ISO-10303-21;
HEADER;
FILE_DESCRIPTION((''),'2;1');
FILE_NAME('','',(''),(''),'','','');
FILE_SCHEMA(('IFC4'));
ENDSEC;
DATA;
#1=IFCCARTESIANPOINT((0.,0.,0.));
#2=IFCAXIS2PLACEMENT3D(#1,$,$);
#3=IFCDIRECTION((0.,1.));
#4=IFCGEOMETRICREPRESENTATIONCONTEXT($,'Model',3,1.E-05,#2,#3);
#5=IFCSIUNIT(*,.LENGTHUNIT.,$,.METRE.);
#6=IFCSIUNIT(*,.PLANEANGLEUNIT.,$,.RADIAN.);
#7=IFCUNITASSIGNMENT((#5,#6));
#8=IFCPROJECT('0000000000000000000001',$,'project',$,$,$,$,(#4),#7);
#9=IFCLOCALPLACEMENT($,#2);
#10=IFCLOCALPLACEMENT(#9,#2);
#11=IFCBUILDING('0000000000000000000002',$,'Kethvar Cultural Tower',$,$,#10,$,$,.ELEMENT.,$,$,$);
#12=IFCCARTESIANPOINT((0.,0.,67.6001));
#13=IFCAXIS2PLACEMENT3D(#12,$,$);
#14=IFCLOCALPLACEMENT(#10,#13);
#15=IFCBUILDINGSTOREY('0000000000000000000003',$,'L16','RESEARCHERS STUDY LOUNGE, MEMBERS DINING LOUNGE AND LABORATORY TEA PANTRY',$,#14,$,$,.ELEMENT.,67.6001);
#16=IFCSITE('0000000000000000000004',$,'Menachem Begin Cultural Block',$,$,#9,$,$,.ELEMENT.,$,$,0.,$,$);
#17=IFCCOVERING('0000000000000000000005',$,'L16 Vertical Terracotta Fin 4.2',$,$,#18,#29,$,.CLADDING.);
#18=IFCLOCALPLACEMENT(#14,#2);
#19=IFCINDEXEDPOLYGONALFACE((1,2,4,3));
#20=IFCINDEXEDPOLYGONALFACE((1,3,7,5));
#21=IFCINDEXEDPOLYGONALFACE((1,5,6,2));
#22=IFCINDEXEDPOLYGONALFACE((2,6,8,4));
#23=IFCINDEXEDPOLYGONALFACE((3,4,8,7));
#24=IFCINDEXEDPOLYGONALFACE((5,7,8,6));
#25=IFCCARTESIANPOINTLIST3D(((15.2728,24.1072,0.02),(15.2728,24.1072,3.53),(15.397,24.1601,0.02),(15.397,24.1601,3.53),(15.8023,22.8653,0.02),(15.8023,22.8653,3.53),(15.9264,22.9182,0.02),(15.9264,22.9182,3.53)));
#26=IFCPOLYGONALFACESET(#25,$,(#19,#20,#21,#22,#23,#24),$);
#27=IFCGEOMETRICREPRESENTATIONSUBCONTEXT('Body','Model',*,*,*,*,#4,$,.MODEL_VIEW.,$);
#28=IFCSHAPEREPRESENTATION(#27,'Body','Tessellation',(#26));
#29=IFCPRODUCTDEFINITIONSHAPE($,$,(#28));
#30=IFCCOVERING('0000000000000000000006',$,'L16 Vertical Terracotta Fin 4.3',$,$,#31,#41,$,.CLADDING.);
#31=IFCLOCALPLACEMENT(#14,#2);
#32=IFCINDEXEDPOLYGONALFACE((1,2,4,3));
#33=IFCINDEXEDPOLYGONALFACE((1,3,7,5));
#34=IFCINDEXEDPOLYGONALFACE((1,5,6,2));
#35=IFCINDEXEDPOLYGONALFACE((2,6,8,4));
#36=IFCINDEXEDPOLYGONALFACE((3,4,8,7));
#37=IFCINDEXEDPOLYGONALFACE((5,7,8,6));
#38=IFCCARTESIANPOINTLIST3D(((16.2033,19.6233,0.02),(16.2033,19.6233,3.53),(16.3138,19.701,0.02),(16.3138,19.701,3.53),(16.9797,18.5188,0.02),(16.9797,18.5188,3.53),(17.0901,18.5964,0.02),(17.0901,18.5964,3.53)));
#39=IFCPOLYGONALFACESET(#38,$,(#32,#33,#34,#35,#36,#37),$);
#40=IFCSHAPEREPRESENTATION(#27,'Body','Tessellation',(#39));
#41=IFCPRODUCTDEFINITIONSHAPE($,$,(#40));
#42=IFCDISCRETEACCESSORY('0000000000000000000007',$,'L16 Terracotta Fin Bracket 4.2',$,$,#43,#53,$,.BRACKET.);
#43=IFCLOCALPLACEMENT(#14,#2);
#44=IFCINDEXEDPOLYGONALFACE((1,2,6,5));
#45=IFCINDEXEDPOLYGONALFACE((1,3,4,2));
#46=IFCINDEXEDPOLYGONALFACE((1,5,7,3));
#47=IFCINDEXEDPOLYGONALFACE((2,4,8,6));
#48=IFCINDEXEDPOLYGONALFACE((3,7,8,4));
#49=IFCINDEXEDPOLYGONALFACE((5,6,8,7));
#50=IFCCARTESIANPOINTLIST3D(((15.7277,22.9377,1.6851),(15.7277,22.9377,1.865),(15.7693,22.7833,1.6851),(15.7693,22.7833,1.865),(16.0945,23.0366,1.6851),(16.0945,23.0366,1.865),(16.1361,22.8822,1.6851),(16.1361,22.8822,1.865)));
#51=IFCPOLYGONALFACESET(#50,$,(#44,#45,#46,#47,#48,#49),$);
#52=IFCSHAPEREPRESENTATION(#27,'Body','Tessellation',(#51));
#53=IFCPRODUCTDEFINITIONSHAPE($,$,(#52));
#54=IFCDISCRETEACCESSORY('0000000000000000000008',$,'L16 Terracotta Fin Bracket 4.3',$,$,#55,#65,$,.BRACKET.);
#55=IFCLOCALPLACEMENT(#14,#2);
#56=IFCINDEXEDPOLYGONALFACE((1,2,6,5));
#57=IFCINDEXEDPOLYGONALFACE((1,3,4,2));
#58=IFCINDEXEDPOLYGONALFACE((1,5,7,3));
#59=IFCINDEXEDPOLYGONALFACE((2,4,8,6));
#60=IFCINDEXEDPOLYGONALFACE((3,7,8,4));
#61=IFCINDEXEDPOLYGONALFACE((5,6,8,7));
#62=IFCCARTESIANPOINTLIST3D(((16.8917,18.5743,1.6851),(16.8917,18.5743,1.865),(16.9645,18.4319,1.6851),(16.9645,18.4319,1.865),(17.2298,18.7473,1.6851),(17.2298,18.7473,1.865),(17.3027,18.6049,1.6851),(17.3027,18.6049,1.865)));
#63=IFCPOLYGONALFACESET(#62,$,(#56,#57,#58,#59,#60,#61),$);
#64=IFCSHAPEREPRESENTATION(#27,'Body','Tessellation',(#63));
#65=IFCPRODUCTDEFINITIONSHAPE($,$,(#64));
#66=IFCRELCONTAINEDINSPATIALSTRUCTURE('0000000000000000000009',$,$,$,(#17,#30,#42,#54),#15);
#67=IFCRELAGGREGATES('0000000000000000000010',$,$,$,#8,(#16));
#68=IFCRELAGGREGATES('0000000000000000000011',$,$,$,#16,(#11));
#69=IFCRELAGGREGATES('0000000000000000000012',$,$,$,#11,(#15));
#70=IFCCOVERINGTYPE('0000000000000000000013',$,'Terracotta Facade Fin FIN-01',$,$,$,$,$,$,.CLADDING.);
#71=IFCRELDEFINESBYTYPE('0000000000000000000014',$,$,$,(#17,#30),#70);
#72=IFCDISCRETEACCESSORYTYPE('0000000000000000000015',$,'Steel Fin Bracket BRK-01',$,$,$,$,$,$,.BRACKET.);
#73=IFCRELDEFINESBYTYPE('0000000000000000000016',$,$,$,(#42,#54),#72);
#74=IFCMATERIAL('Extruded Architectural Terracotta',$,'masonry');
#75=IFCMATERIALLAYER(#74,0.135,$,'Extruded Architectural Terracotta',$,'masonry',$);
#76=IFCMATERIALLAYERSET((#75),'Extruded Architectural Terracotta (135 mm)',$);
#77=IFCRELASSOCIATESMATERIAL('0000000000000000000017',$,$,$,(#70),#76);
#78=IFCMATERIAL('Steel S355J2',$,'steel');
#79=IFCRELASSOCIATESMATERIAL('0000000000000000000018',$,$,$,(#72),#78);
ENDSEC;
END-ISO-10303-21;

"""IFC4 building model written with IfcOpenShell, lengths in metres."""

from ifc_helpers import new_model, si_unit, direction, frame, origin, origin_2d, place, context, subcontext, project, spatial, rectangle, extrude, source, transform, mapped, material, layer, layer_set, type_object, element, save


model = new_model("IFC4")

# Units and contexts
model_context = context("Model", 3, precision=1e-05, world=origin(), true_north=direction((0.0, 1.0)))
body_context = subcontext(model_context, "Body", "Model", "MODEL_VIEW")
ifc_project = project(units=[si_unit("LENGTHUNIT", "METRE"), si_unit("PLANEANGLEUNIT", "RADIAN")], contexts=[model_context])

# Site, building, storey
site_placement = place(None, origin())
site = spatial("IfcSite", under=ifc_project, at=site_placement, Name="Menachem Begin Cultural Block", CompositionType="ELEMENT", RefElevation=0.0)
building_placement = place(site_placement, origin())
building = spatial("IfcBuilding", under=site, at=building_placement, Name="Kethvar Cultural Tower", CompositionType="ELEMENT")
storey_placement = place(building_placement, frame((0.0, 0.0, 67.6001)))
storey = spatial("IfcBuildingStorey", under=building, at=storey_placement, Name="L16", Description="RESEARCHERS STUDY LOUNGE, MEMBERS DINING LOUNGE AND LABORATORY TEA PANTRY", CompositionType="ELEMENT", Elevation=67.6001)

# Shared definitions
ifc_material_1 = material(Name="Steel S355J2", Category="steel")

# Coverings
ifc_material_2 = material(Name="Extruded Architectural Terracotta", Category="masonry")
ifc_layer_1 = layer(ifc_material_2, 0.135, Name="Extruded Architectural Terracotta", Category="masonry")
ifc_layer_set_1 = layer_set([ifc_layer_1], Name="Extruded Architectural Terracotta (135 mm)")
covering_type_1 = type_object("IfcCoveringType", Name="Terracotta Facade Fin FIN-01", PredefinedType="CLADDING", material=ifc_layer_set_1)
shared_shape_1 = source(origin(), body_context, "Body", "SweptSolid", [
    extrude(rectangle(XDim=1.3501, YDim=0.135, at=origin_2d()), origin(), (0.0, 0.0, 1.0), 3.51),
])
for number, where, z_axis, x_axis, name in (
    (1, (15.5996, 23.5127, 0.02), (0.0, 0.0, 1.0), (-0.392177, 0.91989, 0.0), "L16 Vertical Terracotta Fin 4.2"),
    (2, (16.6467, 19.1099, 0.02), (0.0, 0.0, 1.0), (-0.575005, 0.81815, 0.0), "L16 Vertical Terracotta Fin 4.3"),
):
    element("IfcCovering", number, at=place(storey_placement, frame(where, z_axis=z_axis, x_axis=x_axis)), inside=storey, type_object=covering_type_1, Name=name, PredefinedType="CLADDING", context=body_context, shape_type="MappedRepresentation", body=[
        mapped(shared_shape_1, transform((0.0, 0.0, 0.0), scale=1.0)),
    ])

# Discrete accessories
discrete_accessory_type = type_object("IfcDiscreteAccessoryType", Name="Steel Fin Bracket BRK-01", PredefinedType="BRACKET", material=ifc_material_1)
shared_shape_2 = source(origin(), body_context, "Body", "SweptSolid", [
    extrude(rectangle(XDim=0.3799, YDim=0.1599, at=origin_2d()), origin(), (0.0, 0.0, 1.0), 0.1799),
])
for number, where, z_axis, x_axis, name in (
    (3, (15.9319, 22.9099, 1.6851), (0.0, 0.0, 1.0), (-0.965518, -0.260336, 0.0), "L16 Terracotta Fin Bracket 4.2"),
    (4, (17.0972, 18.5896, 1.6851), (0.0, 0.0, 1.0), (-0.890213, -0.455545, 0.0), "L16 Terracotta Fin Bracket 4.3"),
):
    element("IfcDiscreteAccessory", number, at=place(storey_placement, frame(where, z_axis=z_axis, x_axis=x_axis)), inside=storey, type_object=discrete_accessory_type, Name=name, PredefinedType="BRACKET", context=body_context, shape_type="MappedRepresentation", body=[
        mapped(shared_shape_2, transform((0.0, 0.0, 0.0), scale=1.0)),
    ])

save(model, "model.ifc")
